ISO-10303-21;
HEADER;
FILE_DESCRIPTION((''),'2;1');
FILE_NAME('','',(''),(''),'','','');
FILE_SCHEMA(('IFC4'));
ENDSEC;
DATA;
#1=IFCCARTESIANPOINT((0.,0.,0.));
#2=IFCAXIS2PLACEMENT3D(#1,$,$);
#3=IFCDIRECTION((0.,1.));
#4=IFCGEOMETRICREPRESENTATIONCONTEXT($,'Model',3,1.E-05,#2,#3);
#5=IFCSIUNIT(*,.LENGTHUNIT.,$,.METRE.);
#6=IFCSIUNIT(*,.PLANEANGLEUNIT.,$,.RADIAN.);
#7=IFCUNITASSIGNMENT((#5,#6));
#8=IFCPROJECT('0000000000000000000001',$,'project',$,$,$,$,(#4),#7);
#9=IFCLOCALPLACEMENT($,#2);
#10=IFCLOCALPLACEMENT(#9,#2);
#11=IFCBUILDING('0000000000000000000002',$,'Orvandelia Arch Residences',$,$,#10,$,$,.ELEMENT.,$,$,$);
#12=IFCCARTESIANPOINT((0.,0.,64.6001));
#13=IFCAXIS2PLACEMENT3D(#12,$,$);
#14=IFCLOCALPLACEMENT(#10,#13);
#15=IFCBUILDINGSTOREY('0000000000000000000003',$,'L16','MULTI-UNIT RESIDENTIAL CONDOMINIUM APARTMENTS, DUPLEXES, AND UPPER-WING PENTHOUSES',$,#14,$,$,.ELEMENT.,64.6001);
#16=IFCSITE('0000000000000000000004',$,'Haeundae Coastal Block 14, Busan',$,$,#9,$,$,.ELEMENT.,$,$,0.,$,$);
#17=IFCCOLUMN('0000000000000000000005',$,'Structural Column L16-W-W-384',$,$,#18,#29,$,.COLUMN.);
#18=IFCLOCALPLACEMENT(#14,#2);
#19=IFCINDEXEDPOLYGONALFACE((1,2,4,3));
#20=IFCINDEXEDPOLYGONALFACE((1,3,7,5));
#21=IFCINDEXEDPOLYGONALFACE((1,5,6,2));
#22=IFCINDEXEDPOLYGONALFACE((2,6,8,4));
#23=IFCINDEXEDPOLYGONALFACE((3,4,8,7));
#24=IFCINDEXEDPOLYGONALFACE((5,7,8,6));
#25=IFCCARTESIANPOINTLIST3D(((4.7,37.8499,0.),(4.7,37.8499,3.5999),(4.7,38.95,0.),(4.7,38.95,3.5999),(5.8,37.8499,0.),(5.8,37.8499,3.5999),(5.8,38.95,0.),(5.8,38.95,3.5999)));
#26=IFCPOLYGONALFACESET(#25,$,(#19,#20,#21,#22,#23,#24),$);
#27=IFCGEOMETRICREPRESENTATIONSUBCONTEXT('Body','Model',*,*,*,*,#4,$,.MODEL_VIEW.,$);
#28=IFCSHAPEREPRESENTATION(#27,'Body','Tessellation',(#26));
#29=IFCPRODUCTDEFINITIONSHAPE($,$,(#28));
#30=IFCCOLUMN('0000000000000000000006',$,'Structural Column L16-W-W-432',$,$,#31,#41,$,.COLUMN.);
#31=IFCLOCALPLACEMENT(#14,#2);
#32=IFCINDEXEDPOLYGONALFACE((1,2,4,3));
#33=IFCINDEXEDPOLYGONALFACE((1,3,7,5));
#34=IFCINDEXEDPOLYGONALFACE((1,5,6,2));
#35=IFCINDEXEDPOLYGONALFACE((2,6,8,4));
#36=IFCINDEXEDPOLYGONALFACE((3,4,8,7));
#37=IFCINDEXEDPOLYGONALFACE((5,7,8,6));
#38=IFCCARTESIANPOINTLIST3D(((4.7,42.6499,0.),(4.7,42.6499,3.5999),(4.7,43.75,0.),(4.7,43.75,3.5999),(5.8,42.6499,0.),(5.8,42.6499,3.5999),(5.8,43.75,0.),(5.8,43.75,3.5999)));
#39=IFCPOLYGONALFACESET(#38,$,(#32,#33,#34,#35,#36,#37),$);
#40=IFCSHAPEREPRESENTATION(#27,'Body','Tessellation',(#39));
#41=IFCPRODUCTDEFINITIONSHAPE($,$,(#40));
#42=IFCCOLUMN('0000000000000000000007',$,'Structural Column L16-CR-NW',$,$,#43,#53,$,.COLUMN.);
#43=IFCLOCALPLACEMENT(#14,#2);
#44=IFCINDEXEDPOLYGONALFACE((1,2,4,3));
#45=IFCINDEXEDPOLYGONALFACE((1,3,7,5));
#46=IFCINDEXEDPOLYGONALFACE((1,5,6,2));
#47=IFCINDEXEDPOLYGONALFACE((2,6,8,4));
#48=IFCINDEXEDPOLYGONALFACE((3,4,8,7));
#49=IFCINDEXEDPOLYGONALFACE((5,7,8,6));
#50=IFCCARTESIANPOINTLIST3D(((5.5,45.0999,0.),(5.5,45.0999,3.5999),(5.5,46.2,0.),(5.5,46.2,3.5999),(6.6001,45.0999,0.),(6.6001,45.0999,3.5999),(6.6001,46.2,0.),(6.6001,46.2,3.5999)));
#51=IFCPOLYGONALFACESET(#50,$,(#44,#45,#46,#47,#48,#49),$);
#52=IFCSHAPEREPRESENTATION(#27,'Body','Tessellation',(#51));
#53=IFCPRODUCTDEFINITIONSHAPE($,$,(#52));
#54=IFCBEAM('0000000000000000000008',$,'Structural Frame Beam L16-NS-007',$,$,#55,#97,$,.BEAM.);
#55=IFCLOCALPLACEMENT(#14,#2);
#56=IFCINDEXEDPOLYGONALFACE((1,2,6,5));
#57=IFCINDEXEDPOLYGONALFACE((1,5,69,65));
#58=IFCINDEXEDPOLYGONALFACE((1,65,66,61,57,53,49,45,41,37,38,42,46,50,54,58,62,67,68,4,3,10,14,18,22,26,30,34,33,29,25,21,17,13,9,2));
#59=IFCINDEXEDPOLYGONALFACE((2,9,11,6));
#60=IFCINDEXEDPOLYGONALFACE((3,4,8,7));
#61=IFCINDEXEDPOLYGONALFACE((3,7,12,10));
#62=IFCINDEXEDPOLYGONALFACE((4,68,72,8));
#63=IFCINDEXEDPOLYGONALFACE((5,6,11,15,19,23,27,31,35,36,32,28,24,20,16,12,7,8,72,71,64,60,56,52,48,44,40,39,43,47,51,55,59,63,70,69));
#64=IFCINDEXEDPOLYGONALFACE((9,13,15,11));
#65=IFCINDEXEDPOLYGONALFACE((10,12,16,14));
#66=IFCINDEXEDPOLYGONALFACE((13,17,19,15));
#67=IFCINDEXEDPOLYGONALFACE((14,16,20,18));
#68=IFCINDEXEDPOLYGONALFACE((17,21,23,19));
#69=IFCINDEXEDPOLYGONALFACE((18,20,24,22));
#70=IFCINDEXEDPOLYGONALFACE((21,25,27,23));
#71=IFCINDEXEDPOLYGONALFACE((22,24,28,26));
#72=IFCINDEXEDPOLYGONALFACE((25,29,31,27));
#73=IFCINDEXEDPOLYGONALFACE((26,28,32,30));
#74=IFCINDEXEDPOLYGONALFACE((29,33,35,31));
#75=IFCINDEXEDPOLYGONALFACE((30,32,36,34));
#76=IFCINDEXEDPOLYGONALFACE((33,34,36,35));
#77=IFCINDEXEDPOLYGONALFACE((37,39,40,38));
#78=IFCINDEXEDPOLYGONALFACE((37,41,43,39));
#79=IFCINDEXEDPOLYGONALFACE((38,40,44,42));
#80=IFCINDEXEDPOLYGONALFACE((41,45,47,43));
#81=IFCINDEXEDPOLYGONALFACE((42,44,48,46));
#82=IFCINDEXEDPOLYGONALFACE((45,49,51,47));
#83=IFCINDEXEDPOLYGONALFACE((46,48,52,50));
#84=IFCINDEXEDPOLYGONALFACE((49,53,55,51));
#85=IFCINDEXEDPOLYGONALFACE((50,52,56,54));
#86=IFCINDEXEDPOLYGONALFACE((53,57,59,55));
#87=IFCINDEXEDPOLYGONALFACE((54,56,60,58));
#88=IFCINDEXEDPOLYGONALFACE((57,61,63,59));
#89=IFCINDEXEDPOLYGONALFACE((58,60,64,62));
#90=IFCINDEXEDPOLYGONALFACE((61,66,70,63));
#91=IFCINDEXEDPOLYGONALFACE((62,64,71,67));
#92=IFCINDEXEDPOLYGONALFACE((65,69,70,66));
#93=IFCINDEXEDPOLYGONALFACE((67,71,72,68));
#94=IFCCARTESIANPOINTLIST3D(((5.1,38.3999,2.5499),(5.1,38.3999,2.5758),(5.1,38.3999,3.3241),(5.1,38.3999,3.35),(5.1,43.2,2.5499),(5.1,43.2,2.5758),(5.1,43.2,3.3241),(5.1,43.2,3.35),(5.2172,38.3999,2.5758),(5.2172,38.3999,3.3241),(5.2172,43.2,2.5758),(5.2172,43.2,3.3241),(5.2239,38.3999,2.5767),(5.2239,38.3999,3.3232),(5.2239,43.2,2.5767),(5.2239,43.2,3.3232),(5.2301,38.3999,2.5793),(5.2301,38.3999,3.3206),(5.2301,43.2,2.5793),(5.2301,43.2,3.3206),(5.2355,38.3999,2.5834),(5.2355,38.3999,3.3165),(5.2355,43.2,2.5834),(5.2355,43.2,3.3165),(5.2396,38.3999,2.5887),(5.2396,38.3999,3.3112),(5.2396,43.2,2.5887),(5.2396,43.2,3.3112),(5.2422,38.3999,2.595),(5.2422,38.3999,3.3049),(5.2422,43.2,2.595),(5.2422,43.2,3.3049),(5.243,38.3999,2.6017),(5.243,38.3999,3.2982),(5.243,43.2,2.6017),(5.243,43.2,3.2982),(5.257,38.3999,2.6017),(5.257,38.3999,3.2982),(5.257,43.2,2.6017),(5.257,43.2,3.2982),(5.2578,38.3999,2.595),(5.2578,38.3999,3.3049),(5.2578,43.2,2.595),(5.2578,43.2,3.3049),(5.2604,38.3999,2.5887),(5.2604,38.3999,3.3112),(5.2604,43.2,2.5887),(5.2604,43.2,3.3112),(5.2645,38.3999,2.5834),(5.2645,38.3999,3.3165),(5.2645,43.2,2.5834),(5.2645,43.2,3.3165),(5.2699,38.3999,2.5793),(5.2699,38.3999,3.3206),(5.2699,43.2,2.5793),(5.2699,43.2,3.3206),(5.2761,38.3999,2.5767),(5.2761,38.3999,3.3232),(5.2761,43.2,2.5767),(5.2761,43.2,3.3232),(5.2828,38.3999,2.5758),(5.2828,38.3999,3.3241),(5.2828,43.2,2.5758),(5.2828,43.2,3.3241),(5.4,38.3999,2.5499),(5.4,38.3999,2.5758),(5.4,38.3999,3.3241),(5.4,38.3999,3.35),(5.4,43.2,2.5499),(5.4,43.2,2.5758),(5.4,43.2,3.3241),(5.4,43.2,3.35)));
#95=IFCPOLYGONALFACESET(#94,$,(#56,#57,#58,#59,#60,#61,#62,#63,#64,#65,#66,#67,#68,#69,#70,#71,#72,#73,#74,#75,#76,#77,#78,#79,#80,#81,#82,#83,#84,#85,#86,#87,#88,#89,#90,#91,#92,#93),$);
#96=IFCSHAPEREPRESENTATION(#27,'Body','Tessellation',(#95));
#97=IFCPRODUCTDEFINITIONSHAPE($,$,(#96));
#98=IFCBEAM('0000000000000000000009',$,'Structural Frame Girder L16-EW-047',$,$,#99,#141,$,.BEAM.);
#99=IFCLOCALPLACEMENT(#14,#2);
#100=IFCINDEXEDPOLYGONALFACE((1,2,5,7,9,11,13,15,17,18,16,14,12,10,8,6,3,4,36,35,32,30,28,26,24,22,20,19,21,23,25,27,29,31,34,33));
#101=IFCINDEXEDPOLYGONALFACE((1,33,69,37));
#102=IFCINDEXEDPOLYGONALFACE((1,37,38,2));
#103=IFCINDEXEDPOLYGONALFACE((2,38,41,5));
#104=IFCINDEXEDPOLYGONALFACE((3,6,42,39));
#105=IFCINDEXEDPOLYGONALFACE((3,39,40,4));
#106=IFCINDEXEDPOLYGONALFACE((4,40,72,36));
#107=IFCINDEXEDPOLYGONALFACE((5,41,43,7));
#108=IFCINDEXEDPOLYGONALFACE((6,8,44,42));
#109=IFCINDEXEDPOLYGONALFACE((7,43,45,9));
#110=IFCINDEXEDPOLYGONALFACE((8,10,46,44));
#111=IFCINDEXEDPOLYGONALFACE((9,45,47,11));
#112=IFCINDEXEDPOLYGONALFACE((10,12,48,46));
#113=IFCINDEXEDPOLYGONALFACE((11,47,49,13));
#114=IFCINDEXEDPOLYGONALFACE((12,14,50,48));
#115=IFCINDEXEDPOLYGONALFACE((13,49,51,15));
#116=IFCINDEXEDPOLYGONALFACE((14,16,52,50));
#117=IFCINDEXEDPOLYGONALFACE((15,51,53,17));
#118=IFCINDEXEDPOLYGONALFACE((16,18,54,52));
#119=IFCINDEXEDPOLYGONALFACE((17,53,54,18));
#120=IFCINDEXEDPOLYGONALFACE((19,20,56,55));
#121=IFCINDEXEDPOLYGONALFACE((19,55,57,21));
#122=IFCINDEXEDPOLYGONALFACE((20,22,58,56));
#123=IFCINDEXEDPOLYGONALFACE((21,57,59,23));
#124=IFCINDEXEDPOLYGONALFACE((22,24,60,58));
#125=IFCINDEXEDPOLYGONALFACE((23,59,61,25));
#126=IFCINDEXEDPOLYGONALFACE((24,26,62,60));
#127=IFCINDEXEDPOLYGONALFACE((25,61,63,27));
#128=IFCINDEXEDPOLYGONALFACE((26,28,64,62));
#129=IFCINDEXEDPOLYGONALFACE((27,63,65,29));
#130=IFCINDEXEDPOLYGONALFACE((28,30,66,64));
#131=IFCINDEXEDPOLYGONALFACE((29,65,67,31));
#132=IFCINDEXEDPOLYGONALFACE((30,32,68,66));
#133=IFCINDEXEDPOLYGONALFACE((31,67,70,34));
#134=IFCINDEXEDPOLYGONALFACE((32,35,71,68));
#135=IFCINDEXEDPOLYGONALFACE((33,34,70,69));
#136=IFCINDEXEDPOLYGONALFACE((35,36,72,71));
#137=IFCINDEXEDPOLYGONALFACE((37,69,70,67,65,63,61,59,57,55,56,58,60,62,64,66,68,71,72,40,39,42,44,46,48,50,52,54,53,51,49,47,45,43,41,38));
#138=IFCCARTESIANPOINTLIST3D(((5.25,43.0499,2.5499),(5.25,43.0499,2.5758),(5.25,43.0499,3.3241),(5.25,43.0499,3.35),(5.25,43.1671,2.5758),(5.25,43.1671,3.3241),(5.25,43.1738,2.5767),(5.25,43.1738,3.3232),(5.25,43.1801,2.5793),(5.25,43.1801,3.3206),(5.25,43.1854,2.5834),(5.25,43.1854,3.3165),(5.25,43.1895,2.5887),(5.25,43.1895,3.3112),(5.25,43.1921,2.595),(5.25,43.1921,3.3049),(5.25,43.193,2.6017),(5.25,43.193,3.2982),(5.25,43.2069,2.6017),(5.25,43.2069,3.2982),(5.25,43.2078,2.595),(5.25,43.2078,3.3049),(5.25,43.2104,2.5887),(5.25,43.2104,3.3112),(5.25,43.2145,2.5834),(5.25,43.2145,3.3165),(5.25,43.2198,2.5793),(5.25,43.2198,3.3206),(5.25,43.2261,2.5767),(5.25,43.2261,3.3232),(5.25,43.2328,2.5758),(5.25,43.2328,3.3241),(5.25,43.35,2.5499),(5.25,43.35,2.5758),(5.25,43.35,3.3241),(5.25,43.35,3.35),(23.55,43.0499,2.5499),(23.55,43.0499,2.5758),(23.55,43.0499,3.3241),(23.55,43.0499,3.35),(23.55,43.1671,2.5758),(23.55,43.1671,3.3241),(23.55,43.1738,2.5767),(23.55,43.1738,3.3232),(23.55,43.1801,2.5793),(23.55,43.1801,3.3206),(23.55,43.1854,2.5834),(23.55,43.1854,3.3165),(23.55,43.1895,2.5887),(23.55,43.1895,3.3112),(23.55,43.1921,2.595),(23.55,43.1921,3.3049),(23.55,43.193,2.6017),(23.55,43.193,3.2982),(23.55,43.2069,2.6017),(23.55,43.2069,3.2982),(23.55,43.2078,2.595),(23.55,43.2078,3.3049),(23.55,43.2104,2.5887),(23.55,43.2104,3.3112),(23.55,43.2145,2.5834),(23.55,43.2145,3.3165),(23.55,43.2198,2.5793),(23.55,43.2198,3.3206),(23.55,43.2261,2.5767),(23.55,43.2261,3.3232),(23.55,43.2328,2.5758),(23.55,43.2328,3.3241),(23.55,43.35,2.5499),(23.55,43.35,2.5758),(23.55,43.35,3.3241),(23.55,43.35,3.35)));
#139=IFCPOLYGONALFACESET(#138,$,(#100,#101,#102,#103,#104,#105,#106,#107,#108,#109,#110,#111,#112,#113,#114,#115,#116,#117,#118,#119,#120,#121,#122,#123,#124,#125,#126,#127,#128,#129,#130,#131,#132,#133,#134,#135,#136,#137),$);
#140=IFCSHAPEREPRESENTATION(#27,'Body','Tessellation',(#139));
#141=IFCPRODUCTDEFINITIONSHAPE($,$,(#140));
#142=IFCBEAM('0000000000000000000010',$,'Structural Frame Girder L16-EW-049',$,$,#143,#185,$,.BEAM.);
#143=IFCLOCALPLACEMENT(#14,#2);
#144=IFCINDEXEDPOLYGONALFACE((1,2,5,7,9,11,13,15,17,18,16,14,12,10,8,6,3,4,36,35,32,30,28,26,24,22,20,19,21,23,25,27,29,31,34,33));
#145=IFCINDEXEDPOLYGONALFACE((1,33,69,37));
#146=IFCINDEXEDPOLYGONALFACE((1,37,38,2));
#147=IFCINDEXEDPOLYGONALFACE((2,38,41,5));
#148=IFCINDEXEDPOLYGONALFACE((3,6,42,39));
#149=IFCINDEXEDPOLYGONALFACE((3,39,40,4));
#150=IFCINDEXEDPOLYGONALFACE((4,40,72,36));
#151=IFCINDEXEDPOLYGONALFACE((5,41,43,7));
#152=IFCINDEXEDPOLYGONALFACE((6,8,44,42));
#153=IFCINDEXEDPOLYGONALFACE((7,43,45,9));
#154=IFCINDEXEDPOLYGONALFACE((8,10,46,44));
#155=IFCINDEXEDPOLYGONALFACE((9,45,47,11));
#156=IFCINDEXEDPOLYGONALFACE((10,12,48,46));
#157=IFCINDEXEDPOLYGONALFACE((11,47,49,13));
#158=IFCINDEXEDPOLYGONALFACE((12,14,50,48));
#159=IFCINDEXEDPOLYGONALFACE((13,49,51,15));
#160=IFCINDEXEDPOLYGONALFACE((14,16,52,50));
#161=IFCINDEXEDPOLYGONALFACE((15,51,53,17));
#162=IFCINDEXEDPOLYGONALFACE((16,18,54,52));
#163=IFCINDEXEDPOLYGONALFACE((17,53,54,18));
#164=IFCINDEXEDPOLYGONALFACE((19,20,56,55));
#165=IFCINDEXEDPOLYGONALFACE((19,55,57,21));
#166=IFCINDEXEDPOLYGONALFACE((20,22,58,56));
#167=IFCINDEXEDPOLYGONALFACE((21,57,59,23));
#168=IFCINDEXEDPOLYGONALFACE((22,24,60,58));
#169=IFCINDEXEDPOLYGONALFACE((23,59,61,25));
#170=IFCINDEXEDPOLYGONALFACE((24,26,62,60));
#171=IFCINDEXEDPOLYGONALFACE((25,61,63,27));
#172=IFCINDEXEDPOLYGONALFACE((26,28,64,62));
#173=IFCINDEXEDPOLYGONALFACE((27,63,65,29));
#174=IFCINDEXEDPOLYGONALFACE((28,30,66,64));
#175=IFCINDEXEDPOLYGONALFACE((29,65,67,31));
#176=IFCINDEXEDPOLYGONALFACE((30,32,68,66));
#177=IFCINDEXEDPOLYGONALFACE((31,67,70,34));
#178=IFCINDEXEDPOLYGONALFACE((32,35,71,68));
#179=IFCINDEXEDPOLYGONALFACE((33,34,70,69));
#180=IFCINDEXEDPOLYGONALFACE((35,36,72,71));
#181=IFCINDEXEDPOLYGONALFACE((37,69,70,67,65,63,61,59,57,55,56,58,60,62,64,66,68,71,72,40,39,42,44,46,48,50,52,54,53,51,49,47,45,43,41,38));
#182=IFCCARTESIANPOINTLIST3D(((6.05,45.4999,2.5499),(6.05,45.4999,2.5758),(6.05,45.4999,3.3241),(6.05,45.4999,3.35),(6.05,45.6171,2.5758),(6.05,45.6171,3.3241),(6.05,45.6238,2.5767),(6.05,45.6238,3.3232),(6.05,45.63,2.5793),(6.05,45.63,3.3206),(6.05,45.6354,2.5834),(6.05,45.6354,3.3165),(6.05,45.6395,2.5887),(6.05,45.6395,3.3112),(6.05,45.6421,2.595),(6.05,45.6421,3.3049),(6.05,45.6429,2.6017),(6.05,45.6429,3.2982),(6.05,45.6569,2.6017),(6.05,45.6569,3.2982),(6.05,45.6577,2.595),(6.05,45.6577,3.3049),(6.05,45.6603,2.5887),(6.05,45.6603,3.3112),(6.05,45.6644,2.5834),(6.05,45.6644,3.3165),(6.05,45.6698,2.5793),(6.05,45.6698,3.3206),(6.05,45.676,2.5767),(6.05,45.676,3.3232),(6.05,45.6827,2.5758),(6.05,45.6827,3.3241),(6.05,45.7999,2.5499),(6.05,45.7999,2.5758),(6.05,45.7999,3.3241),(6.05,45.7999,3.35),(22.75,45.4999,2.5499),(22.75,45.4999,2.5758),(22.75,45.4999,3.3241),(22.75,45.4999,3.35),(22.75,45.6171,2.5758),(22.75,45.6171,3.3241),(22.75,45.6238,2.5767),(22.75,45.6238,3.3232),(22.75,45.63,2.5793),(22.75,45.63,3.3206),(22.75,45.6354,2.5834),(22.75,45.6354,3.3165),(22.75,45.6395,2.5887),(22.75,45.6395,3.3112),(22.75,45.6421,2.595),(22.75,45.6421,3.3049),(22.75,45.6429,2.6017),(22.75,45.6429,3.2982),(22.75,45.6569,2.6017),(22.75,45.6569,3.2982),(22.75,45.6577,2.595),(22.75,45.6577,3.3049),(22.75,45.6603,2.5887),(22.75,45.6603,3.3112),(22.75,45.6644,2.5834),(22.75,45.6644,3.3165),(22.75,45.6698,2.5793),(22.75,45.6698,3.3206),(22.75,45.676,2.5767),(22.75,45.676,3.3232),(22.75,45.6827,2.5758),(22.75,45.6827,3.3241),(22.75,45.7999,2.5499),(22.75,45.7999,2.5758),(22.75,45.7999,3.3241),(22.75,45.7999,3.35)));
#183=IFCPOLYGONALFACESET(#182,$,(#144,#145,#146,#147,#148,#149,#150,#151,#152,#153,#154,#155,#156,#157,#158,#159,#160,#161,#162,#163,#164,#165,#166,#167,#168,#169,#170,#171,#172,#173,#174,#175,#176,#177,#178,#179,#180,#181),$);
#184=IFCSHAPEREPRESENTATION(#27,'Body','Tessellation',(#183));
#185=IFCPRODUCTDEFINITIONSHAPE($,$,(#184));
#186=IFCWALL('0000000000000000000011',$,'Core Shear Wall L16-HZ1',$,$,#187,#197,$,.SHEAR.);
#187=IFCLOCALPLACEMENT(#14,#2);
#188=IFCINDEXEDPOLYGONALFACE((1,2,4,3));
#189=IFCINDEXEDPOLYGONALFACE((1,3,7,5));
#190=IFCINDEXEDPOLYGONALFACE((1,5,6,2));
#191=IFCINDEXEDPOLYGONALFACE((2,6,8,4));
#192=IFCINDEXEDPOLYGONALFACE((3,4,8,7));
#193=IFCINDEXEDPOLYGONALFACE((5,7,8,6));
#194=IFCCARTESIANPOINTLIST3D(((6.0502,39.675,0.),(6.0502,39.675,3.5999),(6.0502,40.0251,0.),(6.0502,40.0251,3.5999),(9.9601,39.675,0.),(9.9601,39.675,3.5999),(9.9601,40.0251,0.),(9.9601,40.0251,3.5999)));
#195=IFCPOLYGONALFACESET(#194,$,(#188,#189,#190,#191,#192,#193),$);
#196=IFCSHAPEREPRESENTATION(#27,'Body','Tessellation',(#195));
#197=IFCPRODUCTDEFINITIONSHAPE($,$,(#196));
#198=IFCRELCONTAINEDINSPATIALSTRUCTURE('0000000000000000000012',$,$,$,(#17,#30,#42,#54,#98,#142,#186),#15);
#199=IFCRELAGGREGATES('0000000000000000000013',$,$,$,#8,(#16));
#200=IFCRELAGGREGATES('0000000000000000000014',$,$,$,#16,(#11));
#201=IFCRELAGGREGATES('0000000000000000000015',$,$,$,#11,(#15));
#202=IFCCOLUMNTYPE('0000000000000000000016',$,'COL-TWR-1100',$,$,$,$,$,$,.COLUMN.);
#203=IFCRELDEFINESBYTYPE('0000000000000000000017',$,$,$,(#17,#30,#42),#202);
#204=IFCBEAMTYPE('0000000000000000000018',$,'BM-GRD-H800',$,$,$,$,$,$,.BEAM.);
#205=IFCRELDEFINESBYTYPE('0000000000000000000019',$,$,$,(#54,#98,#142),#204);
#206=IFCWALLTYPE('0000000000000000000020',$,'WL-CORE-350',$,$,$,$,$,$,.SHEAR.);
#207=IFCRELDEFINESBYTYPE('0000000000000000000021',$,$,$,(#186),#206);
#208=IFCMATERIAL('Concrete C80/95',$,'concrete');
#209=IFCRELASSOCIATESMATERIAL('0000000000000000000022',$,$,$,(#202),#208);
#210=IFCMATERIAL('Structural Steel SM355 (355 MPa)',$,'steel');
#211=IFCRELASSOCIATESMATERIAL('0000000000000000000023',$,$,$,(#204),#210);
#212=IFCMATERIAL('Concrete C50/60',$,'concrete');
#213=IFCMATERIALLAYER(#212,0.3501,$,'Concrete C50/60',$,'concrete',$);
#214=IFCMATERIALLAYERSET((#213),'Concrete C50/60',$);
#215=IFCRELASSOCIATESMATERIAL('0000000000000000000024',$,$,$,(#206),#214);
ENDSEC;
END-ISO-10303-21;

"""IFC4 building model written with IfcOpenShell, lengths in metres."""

from ifc_helpers import new_model, si_unit, direction, frame, frame_2d, origin, origin_2d, place, context, subcontext, project, spatial, rectangle, i_section, extrude, material, layer, layer_set, material_profile, profile_set, type_object, element, save


model = new_model("IFC4")

# Units and contexts
model_context = context("Model", 3, precision=1e-05, world=origin(), true_north=direction((0.0, 1.0)))
body_context = subcontext(model_context, "Body", "Model", "MODEL_VIEW")
ifc_project = project(units=[si_unit("LENGTHUNIT", "METRE"), si_unit("PLANEANGLEUNIT", "RADIAN")], contexts=[model_context])

# Site, building, storey
site_placement = place(None, origin())
site = spatial("IfcSite", under=ifc_project, at=site_placement, Name="Haeundae Coastal Block 14, Busan", CompositionType="ELEMENT", RefElevation=0.0)
building_placement = place(site_placement, origin())
building = spatial("IfcBuilding", under=site, at=building_placement, Name="Orvandelia Arch Residences", CompositionType="ELEMENT")
storey_placement = place(building_placement, frame((0.0, 0.0, 64.6001)))
storey = spatial("IfcBuildingStorey", under=building, at=storey_placement, Name="L16", Description="MULTI-UNIT RESIDENTIAL CONDOMINIUM APARTMENTS, DUPLEXES, AND UPPER-WING PENTHOUSES", CompositionType="ELEMENT", Elevation=64.6001)

# Columns
ifc_material_1 = material(Name="Concrete C80/95", Category="concrete")
ifc_material_profile_1 = material_profile(ifc_material_1, rectangle(XDim=1.1001, YDim=1.1001, at=origin_2d()), Name="Concrete C80/95", Category="concrete")
ifc_profile_set_1 = profile_set([ifc_material_profile_1], Name="Concrete C80/95")
column_type = type_object("IfcColumnType", Name="COL-TWR-1100", PredefinedType="COLUMN", material=ifc_profile_set_1)
for number, where, z_axis, x_axis, name in (
    (1, (5.25, 38.3999, 0.0), (0.0, 0.0, 1.0), (1.0, 0.0, 0.0), "Structural Column L16-W-W-384"),
    (2, (5.25, 43.2, 0.0), (0.0, 0.0, 1.0), (1.0, 0.0, 0.0), "Structural Column L16-W-W-432"),
    (3, (6.05, 45.6499, 0.0), (0.0, 0.0, 1.0), (1.0, 0.0, 0.0), "Structural Column L16-CR-NW"),
):
    element("IfcColumn", number, at=place(storey_placement, frame(where, z_axis=z_axis, x_axis=x_axis)), inside=storey, type_object=column_type, Name=name, PredefinedType="COLUMN", context=body_context, shape_type="SweptSolid", body=[
        extrude(rectangle(XDim=1.1001, YDim=1.1001, at=origin_2d()), origin(), (0.0, 0.0, 1.0), 3.5999),
    ])

# Beams
ifc_material_2 = material(Name="Structural Steel SM355 (355 MPa)", Category="steel")
ifc_material_profile_2 = material_profile(ifc_material_2, i_section(OverallWidth=0.3, OverallDepth=0.8, WebThickness=0.0139, FlangeThickness=0.0259, FilletRadius=0.0259, at=origin_2d()), Name="Structural Steel SM355 (355 MPa)", Category="steel")
ifc_profile_set_2 = profile_set([ifc_material_profile_2], Name="Structural Steel SM355 (355 MPa)")
beam_type = type_object("IfcBeamType", Name="BM-GRD-H800", PredefinedType="BEAM", material=ifc_profile_set_2)
beam_1_placement = place(storey_placement, frame((5.25, 38.3999, 2.95), z_axis=(0.0, 1.0, 0.0), x_axis=(-1.0, 0.0, 0.0)))
element("IfcBeam", 4, at=beam_1_placement, inside=storey, type_object=beam_type, Name="Structural Frame Beam L16-NS-007", PredefinedType="BEAM", context=body_context, shape_type="SweptSolid", body=[
    extrude(i_section(OverallWidth=0.3, OverallDepth=0.8, WebThickness=0.0139, FlangeThickness=0.0259, FilletRadius=0.0259, at=origin_2d()), origin(), (0.0, 0.0, 1.0), 4.8),
])
beam_2_placement = place(storey_placement, frame((5.25, 43.2, 2.95), z_axis=(1.0, 0.0, 0.0), x_axis=(0.0, 1.0, 0.0)))
element("IfcBeam", 5, at=beam_2_placement, inside=storey, type_object=beam_type, Name="Structural Frame Girder L16-EW-047", PredefinedType="BEAM", context=body_context, shape_type="SweptSolid", body=[
    extrude(i_section(OverallWidth=0.3, OverallDepth=0.8, WebThickness=0.0139, FlangeThickness=0.0259, FilletRadius=0.0259, at=origin_2d()), origin(), (0.0, 0.0, 1.0), 18.3),
])
beam_3_placement = place(storey_placement, frame((6.05, 45.6499, 2.95), z_axis=(1.0, 0.0, 0.0), x_axis=(0.0, 1.0, 0.0)))
element("IfcBeam", 6, at=beam_3_placement, inside=storey, type_object=beam_type, Name="Structural Frame Girder L16-EW-049", PredefinedType="BEAM", context=body_context, shape_type="SweptSolid", body=[
    extrude(i_section(OverallWidth=0.3, OverallDepth=0.8, WebThickness=0.0139, FlangeThickness=0.0259, FilletRadius=0.0259, at=origin_2d()), origin(), (0.0, 0.0, 1.0), 16.7),
])

# Wall
ifc_material_3 = material(Name="Concrete C50/60", Category="concrete")
ifc_layer_1 = layer(ifc_material_3, 0.3501, Name="Concrete C50/60", Category="concrete")
ifc_layer_set_1 = layer_set([ifc_layer_1], Name="Concrete C50/60")
wall_type_1 = type_object("IfcWallType", Name="WL-CORE-350", PredefinedType="SHEAR", material=ifc_layer_set_1)
wall_1_placement = place(storey_placement, frame((6.05, 39.8501, 0.0), z_axis=(0.0, 0.0, 1.0), x_axis=(1.0, 0.0, 0.0)))
element("IfcWall", 7, at=wall_1_placement, inside=storey, type_object=wall_type_1, Name="Core Shear Wall L16-HZ1", PredefinedType="SHEAR", context=body_context, shape_type="SweptSolid", body=[
    extrude(rectangle(XDim=3.9099, YDim=0.3501, at=frame_2d((1.9551, 0.0))), origin(), (0.0, 0.0, 1.0), 3.5999),
])

save(model, "model.ifc")
